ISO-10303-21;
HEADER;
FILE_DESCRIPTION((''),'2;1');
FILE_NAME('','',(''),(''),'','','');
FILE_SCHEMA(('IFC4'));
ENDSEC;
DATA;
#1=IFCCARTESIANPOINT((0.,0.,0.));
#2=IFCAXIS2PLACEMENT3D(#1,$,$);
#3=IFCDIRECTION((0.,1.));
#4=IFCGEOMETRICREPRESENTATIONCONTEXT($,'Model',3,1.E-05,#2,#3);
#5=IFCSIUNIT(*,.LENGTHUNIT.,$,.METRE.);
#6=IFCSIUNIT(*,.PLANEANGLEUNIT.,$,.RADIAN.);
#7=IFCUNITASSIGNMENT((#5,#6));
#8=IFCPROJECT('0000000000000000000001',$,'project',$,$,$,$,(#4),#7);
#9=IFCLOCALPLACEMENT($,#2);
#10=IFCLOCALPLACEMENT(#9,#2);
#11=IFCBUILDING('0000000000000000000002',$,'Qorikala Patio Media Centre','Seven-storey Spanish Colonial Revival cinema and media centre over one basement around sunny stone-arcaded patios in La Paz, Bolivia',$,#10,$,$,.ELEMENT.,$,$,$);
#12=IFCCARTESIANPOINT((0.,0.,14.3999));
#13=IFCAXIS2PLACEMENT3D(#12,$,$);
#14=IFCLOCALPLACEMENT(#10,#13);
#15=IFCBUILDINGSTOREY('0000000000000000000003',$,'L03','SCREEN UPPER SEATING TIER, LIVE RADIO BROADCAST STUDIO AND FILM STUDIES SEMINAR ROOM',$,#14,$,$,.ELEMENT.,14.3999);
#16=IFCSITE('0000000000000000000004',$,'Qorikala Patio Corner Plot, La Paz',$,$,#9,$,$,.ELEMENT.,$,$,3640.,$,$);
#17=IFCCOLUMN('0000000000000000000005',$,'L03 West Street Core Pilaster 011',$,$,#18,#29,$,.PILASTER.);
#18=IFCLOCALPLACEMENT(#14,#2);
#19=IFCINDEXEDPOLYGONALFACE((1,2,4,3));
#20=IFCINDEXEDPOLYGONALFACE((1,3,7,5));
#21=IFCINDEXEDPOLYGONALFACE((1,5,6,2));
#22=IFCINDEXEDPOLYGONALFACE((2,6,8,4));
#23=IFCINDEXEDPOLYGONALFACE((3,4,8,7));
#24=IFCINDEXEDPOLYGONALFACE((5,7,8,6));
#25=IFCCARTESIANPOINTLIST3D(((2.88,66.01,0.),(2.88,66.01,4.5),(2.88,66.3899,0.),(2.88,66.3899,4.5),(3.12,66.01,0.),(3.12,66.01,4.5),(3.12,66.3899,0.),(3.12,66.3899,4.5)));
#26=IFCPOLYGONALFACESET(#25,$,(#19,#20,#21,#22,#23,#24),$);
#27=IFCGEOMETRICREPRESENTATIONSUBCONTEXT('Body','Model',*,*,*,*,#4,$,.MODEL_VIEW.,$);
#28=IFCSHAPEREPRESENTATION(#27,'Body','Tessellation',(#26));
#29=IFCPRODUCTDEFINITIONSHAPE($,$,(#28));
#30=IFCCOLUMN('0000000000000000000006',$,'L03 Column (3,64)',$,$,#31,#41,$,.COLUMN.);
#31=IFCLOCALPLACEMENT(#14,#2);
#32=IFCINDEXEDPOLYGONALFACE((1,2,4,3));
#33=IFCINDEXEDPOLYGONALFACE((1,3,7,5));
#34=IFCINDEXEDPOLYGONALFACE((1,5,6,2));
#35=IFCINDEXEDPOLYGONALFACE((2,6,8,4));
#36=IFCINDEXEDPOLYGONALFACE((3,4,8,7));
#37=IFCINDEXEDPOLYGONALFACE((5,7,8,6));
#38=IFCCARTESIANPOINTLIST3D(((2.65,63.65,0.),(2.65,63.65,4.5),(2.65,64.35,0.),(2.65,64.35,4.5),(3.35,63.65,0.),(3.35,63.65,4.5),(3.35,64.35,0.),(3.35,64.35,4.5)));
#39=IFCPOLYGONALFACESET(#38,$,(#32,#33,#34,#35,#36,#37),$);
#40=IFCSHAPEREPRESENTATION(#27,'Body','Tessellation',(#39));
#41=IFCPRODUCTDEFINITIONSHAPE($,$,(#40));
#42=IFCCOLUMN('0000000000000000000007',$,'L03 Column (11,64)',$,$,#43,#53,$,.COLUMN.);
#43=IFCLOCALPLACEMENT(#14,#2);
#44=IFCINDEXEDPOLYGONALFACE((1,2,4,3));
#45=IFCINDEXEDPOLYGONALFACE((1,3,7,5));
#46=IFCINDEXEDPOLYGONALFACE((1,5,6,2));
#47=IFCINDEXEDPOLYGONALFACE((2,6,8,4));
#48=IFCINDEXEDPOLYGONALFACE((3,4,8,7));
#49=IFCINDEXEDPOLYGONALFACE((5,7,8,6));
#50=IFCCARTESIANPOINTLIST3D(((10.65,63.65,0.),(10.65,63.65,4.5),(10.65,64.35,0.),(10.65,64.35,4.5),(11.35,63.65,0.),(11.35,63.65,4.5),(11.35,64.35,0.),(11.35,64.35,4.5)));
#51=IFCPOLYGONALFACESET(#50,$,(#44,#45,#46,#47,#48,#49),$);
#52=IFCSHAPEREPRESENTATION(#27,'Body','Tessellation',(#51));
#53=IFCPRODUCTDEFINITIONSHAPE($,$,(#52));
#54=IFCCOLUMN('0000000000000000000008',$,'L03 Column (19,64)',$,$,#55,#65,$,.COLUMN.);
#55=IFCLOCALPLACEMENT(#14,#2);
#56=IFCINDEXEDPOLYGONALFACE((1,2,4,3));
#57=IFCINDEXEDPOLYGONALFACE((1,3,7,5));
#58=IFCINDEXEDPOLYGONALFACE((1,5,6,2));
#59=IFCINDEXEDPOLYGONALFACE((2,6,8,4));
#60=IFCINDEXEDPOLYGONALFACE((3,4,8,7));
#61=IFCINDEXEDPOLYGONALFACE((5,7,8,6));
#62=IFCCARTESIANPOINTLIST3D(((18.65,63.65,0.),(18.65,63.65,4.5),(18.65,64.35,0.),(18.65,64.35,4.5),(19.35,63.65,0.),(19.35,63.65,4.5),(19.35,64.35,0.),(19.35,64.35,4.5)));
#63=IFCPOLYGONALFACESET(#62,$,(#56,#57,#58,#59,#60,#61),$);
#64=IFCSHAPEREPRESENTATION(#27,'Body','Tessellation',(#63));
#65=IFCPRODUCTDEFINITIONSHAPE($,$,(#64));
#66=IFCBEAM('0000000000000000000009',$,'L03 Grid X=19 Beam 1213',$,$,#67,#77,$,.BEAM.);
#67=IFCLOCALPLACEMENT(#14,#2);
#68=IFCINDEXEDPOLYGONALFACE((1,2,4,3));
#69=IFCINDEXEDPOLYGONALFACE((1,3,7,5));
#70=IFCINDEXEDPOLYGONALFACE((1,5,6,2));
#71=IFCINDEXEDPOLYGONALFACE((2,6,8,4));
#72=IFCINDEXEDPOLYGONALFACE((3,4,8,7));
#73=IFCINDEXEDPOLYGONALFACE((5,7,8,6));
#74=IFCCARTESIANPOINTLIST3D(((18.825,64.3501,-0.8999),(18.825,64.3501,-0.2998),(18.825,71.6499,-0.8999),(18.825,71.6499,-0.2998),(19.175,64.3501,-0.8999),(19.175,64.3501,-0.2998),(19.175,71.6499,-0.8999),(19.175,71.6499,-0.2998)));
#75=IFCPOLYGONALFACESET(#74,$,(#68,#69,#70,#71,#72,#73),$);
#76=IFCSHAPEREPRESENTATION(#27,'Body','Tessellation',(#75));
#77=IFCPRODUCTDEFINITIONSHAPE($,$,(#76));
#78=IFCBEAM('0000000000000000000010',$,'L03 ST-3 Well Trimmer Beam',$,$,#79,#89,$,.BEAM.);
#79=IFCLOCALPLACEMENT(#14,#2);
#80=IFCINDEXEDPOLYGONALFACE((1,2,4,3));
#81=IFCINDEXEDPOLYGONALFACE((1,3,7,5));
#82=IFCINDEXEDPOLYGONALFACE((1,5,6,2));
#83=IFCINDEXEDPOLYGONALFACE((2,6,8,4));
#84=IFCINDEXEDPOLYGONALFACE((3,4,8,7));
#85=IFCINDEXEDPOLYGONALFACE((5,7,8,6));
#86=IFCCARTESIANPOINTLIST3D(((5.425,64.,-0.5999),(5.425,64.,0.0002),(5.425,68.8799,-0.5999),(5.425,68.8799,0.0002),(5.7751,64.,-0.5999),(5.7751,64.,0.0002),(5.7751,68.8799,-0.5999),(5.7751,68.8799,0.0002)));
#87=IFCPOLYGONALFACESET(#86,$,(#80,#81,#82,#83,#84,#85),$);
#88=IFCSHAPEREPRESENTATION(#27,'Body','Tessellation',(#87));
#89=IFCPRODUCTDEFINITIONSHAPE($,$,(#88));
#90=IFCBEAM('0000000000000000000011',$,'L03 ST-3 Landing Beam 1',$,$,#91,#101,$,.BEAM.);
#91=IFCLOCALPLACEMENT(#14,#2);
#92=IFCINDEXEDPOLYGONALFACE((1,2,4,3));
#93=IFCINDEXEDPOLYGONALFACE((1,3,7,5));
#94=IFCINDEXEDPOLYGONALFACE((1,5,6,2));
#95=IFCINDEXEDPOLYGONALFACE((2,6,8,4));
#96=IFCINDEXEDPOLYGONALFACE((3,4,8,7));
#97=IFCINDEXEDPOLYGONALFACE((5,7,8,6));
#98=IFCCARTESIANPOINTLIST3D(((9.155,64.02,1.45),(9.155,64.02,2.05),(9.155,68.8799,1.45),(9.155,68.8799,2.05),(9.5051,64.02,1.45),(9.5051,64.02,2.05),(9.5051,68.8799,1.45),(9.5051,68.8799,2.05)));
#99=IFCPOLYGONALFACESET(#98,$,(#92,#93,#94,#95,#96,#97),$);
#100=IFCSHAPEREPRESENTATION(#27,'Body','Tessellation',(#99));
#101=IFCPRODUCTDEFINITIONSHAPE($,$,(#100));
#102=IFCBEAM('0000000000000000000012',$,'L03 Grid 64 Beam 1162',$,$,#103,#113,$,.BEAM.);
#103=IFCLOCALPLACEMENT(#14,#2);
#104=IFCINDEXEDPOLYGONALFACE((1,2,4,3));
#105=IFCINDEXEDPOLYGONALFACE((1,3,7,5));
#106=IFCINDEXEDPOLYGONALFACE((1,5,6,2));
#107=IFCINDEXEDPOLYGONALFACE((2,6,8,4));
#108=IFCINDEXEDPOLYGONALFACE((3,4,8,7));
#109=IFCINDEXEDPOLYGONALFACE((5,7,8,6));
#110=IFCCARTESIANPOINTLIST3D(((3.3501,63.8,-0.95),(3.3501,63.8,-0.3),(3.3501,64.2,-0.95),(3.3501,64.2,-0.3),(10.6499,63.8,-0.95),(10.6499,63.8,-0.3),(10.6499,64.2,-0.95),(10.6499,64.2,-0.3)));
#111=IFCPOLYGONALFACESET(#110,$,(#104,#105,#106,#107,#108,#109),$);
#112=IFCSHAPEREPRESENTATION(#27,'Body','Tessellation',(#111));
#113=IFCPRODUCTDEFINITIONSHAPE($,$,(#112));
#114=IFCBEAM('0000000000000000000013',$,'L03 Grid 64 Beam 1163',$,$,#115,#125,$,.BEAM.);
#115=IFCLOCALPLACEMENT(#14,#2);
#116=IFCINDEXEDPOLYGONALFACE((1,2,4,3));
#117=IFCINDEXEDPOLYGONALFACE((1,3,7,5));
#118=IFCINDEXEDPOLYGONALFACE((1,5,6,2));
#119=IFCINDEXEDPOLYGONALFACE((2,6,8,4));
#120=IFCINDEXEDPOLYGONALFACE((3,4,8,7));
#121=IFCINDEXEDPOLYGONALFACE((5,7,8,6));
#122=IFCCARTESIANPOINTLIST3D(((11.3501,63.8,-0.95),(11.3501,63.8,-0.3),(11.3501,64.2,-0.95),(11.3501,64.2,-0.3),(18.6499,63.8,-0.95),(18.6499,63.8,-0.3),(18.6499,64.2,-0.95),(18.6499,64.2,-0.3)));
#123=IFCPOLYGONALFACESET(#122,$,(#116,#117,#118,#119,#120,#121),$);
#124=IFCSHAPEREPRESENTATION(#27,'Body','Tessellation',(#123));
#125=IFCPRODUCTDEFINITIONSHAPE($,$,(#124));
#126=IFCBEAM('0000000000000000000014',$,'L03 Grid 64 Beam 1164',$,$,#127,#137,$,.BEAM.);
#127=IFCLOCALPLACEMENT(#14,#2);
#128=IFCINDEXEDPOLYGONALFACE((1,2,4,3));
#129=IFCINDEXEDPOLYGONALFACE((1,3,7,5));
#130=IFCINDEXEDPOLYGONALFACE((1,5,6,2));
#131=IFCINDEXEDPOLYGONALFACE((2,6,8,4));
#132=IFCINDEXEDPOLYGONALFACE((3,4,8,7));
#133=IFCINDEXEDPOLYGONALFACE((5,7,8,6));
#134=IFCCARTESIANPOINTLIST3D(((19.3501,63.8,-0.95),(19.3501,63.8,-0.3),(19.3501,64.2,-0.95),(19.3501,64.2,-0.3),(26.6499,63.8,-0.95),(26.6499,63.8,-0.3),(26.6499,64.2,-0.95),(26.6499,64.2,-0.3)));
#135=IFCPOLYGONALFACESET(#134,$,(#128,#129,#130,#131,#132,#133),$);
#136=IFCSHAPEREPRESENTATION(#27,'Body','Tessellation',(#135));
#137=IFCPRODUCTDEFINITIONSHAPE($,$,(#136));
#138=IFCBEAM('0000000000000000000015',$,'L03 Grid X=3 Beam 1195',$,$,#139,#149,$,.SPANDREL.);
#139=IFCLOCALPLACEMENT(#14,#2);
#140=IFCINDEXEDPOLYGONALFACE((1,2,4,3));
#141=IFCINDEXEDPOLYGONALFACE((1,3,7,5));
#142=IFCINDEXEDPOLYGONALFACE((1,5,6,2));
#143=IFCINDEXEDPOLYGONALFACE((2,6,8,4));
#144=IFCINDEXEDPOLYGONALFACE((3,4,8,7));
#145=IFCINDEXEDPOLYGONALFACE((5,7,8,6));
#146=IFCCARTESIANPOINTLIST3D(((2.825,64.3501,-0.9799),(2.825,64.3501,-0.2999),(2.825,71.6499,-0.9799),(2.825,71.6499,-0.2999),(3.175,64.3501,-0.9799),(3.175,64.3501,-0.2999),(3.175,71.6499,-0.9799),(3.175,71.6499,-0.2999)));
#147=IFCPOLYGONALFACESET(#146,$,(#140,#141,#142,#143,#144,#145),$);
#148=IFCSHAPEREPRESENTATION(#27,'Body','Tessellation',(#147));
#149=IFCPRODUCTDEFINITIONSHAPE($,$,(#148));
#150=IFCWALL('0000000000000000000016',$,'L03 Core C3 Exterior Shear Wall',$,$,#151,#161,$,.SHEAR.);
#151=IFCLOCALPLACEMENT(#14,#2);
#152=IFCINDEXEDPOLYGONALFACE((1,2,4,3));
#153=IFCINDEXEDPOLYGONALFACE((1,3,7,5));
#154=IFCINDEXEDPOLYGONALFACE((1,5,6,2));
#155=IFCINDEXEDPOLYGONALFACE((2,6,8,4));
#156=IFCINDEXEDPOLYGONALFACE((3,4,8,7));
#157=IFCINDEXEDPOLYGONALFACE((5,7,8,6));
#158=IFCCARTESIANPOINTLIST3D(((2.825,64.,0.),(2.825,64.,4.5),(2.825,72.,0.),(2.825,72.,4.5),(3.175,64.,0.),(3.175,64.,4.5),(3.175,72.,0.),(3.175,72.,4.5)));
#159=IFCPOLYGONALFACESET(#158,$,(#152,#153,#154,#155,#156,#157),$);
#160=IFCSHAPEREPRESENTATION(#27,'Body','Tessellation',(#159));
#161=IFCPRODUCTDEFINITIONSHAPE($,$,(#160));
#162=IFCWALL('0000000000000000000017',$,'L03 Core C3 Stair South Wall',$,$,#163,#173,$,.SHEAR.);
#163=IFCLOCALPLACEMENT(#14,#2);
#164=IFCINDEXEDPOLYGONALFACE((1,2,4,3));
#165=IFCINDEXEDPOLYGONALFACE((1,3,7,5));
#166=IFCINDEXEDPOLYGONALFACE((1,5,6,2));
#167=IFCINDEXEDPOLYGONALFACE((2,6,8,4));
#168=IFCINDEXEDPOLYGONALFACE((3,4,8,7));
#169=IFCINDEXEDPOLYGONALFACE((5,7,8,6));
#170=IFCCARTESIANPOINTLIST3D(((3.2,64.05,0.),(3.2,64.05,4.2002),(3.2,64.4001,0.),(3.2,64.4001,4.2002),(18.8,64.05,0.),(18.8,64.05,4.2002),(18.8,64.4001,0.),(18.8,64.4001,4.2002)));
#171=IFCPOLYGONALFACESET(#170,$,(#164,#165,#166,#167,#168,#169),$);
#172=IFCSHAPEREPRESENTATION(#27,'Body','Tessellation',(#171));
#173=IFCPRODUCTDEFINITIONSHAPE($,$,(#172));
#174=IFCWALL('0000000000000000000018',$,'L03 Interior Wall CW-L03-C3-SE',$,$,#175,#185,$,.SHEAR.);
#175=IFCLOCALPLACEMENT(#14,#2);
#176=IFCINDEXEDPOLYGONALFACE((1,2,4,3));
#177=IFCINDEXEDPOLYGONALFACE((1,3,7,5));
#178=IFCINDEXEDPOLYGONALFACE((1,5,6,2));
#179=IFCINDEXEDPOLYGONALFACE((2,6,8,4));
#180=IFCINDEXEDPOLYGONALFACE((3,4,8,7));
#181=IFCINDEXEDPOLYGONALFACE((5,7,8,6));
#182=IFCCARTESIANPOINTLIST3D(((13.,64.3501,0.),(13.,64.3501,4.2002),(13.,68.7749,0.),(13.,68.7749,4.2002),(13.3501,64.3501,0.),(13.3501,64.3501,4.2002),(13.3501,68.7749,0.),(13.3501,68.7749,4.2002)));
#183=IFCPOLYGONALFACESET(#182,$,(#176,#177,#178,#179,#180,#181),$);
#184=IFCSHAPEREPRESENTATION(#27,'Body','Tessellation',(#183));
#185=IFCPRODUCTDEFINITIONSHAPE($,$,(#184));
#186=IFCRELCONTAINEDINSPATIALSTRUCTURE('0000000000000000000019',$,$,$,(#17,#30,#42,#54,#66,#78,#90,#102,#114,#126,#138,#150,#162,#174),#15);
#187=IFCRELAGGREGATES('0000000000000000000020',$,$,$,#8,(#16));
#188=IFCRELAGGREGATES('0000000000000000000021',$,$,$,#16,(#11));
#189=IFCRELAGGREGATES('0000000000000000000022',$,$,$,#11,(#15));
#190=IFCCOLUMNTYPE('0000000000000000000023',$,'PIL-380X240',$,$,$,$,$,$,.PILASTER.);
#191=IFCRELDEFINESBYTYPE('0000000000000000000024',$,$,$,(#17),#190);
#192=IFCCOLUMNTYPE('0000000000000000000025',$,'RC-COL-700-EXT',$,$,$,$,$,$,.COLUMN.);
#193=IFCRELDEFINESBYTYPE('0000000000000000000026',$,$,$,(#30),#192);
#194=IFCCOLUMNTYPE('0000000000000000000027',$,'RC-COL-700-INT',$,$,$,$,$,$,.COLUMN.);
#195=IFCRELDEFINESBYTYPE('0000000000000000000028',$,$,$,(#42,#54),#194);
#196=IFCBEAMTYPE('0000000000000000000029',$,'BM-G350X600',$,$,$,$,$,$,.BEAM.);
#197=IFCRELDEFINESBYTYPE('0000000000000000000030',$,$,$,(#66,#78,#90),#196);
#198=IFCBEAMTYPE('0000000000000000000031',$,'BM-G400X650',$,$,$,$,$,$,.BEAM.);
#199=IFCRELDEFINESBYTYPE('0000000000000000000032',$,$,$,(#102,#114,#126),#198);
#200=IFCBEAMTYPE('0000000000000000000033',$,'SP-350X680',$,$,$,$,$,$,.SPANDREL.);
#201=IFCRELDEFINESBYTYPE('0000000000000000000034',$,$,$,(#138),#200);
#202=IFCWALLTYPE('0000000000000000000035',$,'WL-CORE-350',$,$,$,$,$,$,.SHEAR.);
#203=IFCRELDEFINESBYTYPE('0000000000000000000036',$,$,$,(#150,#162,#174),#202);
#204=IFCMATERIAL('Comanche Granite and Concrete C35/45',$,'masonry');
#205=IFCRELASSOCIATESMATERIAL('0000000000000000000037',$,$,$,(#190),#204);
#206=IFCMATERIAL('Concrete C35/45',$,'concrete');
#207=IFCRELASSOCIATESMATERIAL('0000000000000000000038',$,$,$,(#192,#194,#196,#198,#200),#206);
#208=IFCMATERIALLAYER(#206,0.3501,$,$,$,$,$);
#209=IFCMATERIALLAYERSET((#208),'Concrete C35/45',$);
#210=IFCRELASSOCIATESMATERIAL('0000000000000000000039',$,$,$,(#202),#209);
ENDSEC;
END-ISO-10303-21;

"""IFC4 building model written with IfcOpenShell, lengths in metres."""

from ifc_helpers import new_model, si_unit, direction, frame, frame_2d, origin, origin_2d, place, context, subcontext, project, spatial, rectangle, extrude, material, layer, layer_set, material_profile, profile_set, type_object, element, save


model = new_model("IFC4")

# Units and contexts
model_context = context("Model", 3, precision=1e-05, world=origin(), true_north=direction((0.0, 1.0)))
body_context = subcontext(model_context, "Body", "Model", "MODEL_VIEW")
ifc_project = project(units=[si_unit("LENGTHUNIT", "METRE"), si_unit("PLANEANGLEUNIT", "RADIAN")], contexts=[model_context])

# Site, building, storey
site_placement = place(None, origin())
site = spatial("IfcSite", under=ifc_project, at=site_placement, Name="Qorikala Patio Corner Plot, La Paz", CompositionType="ELEMENT", RefElevation=3640.0)
building_placement = place(site_placement, origin())
building = spatial("IfcBuilding", under=site, at=building_placement, Name="Qorikala Patio Media Centre", Description="Seven-storey Spanish Colonial Revival cinema and media centre over one basement around sunny stone-arcaded patios in La Paz, Bolivia", CompositionType="ELEMENT")
storey_placement = place(building_placement, frame((0.0, 0.0, 14.3999)))
storey = spatial("IfcBuildingStorey", under=building, at=storey_placement, Name="L03", Description="SCREEN UPPER SEATING TIER, LIVE RADIO BROADCAST STUDIO AND FILM STUDIES SEMINAR ROOM", CompositionType="ELEMENT", Elevation=14.3999)

# Columns
ifc_material_1 = material(Name="Comanche Granite and Concrete C35/45", Category="masonry")
ifc_material_profile_1 = material_profile(ifc_material_1, rectangle(XDim=0.3799, YDim=0.24, at=origin_2d()), Name="PIL 380x240")
ifc_profile_set_1 = profile_set([ifc_material_profile_1], Name="Comanche Granite and Concrete C35/45")
column_type_1 = type_object("IfcColumnType", Name="PIL-380X240", PredefinedType="PILASTER", material=ifc_profile_set_1)
column_1_placement = place(storey_placement, frame((3.0, 66.2, 0.0), z_axis=(0.0, 0.0, 1.0), x_axis=(0.0, 1.0, 0.0)))
element("IfcColumn", 1, at=column_1_placement, inside=storey, type_object=column_type_1, Name="L03 West Street Core Pilaster 011", PredefinedType="PILASTER", context=body_context, shape_type="SweptSolid", body=[
    extrude(rectangle(XDim=0.3799, YDim=0.24, at=origin_2d()), origin(), (0.0, 0.0, 1.0), 4.5),
])
ifc_material_2 = material(Name="Concrete C35/45", Category="concrete")
ifc_material_profile_2 = material_profile(ifc_material_2, rectangle(XDim=0.7, YDim=0.7, at=origin_2d()), Name="RC 700x700")
ifc_profile_set_2 = profile_set([ifc_material_profile_2], Name="Concrete C35/45")
column_type_2 = type_object("IfcColumnType", Name="RC-COL-700-EXT", PredefinedType="COLUMN", material=ifc_profile_set_2)
column_2_placement = place(storey_placement, frame((3.0, 64.0, 0.0), z_axis=(0.0, 0.0, 1.0), x_axis=(1.0, 0.0, 0.0)))
element("IfcColumn", 2, at=column_2_placement, inside=storey, type_object=column_type_2, Name="L03 Column (3,64)", PredefinedType="COLUMN", context=body_context, shape_type="SweptSolid", body=[
    extrude(rectangle(XDim=0.7, YDim=0.7, at=origin_2d()), origin(), (0.0, 0.0, 1.0), 4.5),
])
ifc_material_profile_3 = material_profile(ifc_material_2, rectangle(XDim=0.7, YDim=0.7, at=origin_2d()), Name="RC 700x700")
ifc_profile_set_3 = profile_set([ifc_material_profile_3], Name="Concrete C35/45")
column_type_3 = type_object("IfcColumnType", Name="RC-COL-700-INT", PredefinedType="COLUMN", material=ifc_profile_set_3)
for number, where, z_axis, x_axis, name in (
    (3, (11.0, 64.0, 0.0), (0.0, 0.0, 1.0), (1.0, 0.0, 0.0), "L03 Column (11,64)"),
    (4, (19.0, 64.0, 0.0), (0.0, 0.0, 1.0), (1.0, 0.0, 0.0), "L03 Column (19,64)"),
):
    element("IfcColumn", number, at=place(storey_placement, frame(where, z_axis=z_axis, x_axis=x_axis)), inside=storey, type_object=column_type_3, Name=name, PredefinedType="COLUMN", context=body_context, shape_type="SweptSolid", body=[
        extrude(rectangle(XDim=0.7, YDim=0.7, at=origin_2d()), origin(), (0.0, 0.0, 1.0), 4.5),
    ])

# Beams
ifc_material_profile_4 = material_profile(ifc_material_2, rectangle(XDim=0.3501, YDim=0.6001, at=origin_2d()), Name="RC 350x600")
ifc_profile_set_4 = profile_set([ifc_material_profile_4], Name="Concrete C35/45")
beam_type_1 = type_object("IfcBeamType", Name="BM-G350X600", PredefinedType="BEAM", material=ifc_profile_set_4)
beam_1_placement = place(storey_placement, frame((19.0, 64.3501, -0.5999), z_axis=(0.0, 1.0, 0.0), x_axis=(-1.0, 0.0, 0.0)))
element("IfcBeam", 5, at=beam_1_placement, inside=storey, type_object=beam_type_1, Name="L03 Grid X=19 Beam 1213", PredefinedType="BEAM", context=body_context, shape_type="SweptSolid", body=[
    extrude(rectangle(XDim=0.3501, YDim=0.6001, at=origin_2d()), origin(), (0.0, 0.0, 1.0), 7.2998),
])
beam_2_placement = place(storey_placement, frame((5.6001, 64.0, -0.2998), z_axis=(0.0, 1.0, 0.0), x_axis=(-1.0, 0.0, 0.0)))
element("IfcBeam", 6, at=beam_2_placement, inside=storey, type_object=beam_type_1, Name="L03 ST-3 Well Trimmer Beam", PredefinedType="BEAM", context=body_context, shape_type="SweptSolid", body=[
    extrude(rectangle(XDim=0.3501, YDim=0.6001, at=origin_2d()), origin(), (0.0, 0.0, 1.0), 4.8799),
])
beam_3_placement = place(storey_placement, frame((9.3301, 64.02, 1.75), z_axis=(0.0, 1.0, 0.0), x_axis=(-1.0, 0.0, 0.0)))
element("IfcBeam", 7, at=beam_3_placement, inside=storey, type_object=beam_type_1, Name="L03 ST-3 Landing Beam 1", PredefinedType="BEAM", context=body_context, shape_type="SweptSolid", body=[
    extrude(rectangle(XDim=0.3501, YDim=0.6001, at=origin_2d()), origin(), (0.0, 0.0, 1.0), 4.8599),
])
ifc_material_profile_5 = material_profile(ifc_material_2, rectangle(XDim=0.3999, YDim=0.6499, at=origin_2d()), Name="RC 400x650")
ifc_profile_set_5 = profile_set([ifc_material_profile_5], Name="Concrete C35/45")
beam_type_2 = type_object("IfcBeamType", Name="BM-G400X650", PredefinedType="BEAM", material=ifc_profile_set_5)
for number, where, z_axis, x_axis, name in (
    (8, (3.3501, 64.0, -0.625), (1.0, 0.0, 0.0), (0.0, 1.0, 0.0), "L03 Grid 64 Beam 1162"),
    (9, (11.3501, 64.0, -0.625), (1.0, 0.0, 0.0), (0.0, 1.0, 0.0), "L03 Grid 64 Beam 1163"),
    (10, (19.3501, 64.0, -0.625), (1.0, 0.0, 0.0), (0.0, 1.0, 0.0), "L03 Grid 64 Beam 1164"),
):
    element("IfcBeam", number, at=place(storey_placement, frame(where, z_axis=z_axis, x_axis=x_axis)), inside=storey, type_object=beam_type_2, Name=name, PredefinedType="BEAM", context=body_context, shape_type="SweptSolid", body=[
        extrude(rectangle(XDim=0.3999, YDim=0.6499, at=origin_2d()), origin(), (0.0, 0.0, 1.0), 7.2998),
    ])
ifc_material_profile_6 = material_profile(ifc_material_2, rectangle(XDim=0.3501, YDim=0.6799, at=origin_2d()), Name="RC 350x680")
ifc_profile_set_6 = profile_set([ifc_material_profile_6], Name="Concrete C35/45")
beam_type_3 = type_object("IfcBeamType", Name="SP-350X680", PredefinedType="SPANDREL", material=ifc_profile_set_6)
beam_4_placement = place(storey_placement, frame((3.0, 64.3501, -0.6399), z_axis=(0.0, 1.0, 0.0), x_axis=(-1.0, 0.0, 0.0)))
element("IfcBeam", 11, at=beam_4_placement, inside=storey, type_object=beam_type_3, Name="L03 Grid X=3 Beam 1195", PredefinedType="SPANDREL", context=body_context, shape_type="SweptSolid", body=[
    extrude(rectangle(XDim=0.3501, YDim=0.6799, at=origin_2d()), origin(), (0.0, 0.0, 1.0), 7.2998),
])

# Walls
ifc_layer = layer(ifc_material_2, 0.3501)
ifc_layer_set = layer_set([ifc_layer], Name="Concrete C35/45")
wall_type = type_object("IfcWallType", Name="WL-CORE-350", PredefinedType="SHEAR", material=ifc_layer_set)
wall_1_placement = place(storey_placement, frame((3.0, 64.0, 0.0), z_axis=(0.0, 0.0, 1.0), x_axis=(0.0, 1.0, 0.0)))
element("IfcWall", 12, at=wall_1_placement, inside=storey, type_object=wall_type, Name="L03 Core C3 Exterior Shear Wall", PredefinedType="SHEAR", context=body_context, shape_type="SweptSolid", body=[
    extrude(rectangle(XDim=8.0, YDim=0.3501, at=frame_2d((4.0, 0.0))), origin(), (0.0, 0.0, 1.0), 4.5),
])
wall_2_placement = place(storey_placement, frame((3.2, 64.2251, 0.0), z_axis=(0.0, 0.0, 1.0), x_axis=(1.0, 0.0, 0.0)))
element("IfcWall", 13, at=wall_2_placement, inside=storey, type_object=wall_type, Name="L03 Core C3 Stair South Wall", PredefinedType="SHEAR", context=body_context, shape_type="SweptSolid", body=[
    extrude(rectangle(XDim=15.6001, YDim=0.3501, at=frame_2d((7.8, 0.0))), origin(), (0.0, 0.0, 1.0), 4.2002),
])
wall_3_placement = place(storey_placement, frame((13.175, 64.3501, 0.0), z_axis=(0.0, 0.0, 1.0), x_axis=(0.0, 1.0, 0.0)))
element("IfcWall", 14, at=wall_3_placement, inside=storey, type_object=wall_type, Name="L03 Interior Wall CW-L03-C3-SE", PredefinedType="SHEAR", context=body_context, shape_type="SweptSolid", body=[
    extrude(rectangle(XDim=4.4248, YDim=0.3501, at=frame_2d((2.2124, 0.0))), origin(), (0.0, 0.0, 1.0), 4.2002),
])

save(model, "model.ifc")
